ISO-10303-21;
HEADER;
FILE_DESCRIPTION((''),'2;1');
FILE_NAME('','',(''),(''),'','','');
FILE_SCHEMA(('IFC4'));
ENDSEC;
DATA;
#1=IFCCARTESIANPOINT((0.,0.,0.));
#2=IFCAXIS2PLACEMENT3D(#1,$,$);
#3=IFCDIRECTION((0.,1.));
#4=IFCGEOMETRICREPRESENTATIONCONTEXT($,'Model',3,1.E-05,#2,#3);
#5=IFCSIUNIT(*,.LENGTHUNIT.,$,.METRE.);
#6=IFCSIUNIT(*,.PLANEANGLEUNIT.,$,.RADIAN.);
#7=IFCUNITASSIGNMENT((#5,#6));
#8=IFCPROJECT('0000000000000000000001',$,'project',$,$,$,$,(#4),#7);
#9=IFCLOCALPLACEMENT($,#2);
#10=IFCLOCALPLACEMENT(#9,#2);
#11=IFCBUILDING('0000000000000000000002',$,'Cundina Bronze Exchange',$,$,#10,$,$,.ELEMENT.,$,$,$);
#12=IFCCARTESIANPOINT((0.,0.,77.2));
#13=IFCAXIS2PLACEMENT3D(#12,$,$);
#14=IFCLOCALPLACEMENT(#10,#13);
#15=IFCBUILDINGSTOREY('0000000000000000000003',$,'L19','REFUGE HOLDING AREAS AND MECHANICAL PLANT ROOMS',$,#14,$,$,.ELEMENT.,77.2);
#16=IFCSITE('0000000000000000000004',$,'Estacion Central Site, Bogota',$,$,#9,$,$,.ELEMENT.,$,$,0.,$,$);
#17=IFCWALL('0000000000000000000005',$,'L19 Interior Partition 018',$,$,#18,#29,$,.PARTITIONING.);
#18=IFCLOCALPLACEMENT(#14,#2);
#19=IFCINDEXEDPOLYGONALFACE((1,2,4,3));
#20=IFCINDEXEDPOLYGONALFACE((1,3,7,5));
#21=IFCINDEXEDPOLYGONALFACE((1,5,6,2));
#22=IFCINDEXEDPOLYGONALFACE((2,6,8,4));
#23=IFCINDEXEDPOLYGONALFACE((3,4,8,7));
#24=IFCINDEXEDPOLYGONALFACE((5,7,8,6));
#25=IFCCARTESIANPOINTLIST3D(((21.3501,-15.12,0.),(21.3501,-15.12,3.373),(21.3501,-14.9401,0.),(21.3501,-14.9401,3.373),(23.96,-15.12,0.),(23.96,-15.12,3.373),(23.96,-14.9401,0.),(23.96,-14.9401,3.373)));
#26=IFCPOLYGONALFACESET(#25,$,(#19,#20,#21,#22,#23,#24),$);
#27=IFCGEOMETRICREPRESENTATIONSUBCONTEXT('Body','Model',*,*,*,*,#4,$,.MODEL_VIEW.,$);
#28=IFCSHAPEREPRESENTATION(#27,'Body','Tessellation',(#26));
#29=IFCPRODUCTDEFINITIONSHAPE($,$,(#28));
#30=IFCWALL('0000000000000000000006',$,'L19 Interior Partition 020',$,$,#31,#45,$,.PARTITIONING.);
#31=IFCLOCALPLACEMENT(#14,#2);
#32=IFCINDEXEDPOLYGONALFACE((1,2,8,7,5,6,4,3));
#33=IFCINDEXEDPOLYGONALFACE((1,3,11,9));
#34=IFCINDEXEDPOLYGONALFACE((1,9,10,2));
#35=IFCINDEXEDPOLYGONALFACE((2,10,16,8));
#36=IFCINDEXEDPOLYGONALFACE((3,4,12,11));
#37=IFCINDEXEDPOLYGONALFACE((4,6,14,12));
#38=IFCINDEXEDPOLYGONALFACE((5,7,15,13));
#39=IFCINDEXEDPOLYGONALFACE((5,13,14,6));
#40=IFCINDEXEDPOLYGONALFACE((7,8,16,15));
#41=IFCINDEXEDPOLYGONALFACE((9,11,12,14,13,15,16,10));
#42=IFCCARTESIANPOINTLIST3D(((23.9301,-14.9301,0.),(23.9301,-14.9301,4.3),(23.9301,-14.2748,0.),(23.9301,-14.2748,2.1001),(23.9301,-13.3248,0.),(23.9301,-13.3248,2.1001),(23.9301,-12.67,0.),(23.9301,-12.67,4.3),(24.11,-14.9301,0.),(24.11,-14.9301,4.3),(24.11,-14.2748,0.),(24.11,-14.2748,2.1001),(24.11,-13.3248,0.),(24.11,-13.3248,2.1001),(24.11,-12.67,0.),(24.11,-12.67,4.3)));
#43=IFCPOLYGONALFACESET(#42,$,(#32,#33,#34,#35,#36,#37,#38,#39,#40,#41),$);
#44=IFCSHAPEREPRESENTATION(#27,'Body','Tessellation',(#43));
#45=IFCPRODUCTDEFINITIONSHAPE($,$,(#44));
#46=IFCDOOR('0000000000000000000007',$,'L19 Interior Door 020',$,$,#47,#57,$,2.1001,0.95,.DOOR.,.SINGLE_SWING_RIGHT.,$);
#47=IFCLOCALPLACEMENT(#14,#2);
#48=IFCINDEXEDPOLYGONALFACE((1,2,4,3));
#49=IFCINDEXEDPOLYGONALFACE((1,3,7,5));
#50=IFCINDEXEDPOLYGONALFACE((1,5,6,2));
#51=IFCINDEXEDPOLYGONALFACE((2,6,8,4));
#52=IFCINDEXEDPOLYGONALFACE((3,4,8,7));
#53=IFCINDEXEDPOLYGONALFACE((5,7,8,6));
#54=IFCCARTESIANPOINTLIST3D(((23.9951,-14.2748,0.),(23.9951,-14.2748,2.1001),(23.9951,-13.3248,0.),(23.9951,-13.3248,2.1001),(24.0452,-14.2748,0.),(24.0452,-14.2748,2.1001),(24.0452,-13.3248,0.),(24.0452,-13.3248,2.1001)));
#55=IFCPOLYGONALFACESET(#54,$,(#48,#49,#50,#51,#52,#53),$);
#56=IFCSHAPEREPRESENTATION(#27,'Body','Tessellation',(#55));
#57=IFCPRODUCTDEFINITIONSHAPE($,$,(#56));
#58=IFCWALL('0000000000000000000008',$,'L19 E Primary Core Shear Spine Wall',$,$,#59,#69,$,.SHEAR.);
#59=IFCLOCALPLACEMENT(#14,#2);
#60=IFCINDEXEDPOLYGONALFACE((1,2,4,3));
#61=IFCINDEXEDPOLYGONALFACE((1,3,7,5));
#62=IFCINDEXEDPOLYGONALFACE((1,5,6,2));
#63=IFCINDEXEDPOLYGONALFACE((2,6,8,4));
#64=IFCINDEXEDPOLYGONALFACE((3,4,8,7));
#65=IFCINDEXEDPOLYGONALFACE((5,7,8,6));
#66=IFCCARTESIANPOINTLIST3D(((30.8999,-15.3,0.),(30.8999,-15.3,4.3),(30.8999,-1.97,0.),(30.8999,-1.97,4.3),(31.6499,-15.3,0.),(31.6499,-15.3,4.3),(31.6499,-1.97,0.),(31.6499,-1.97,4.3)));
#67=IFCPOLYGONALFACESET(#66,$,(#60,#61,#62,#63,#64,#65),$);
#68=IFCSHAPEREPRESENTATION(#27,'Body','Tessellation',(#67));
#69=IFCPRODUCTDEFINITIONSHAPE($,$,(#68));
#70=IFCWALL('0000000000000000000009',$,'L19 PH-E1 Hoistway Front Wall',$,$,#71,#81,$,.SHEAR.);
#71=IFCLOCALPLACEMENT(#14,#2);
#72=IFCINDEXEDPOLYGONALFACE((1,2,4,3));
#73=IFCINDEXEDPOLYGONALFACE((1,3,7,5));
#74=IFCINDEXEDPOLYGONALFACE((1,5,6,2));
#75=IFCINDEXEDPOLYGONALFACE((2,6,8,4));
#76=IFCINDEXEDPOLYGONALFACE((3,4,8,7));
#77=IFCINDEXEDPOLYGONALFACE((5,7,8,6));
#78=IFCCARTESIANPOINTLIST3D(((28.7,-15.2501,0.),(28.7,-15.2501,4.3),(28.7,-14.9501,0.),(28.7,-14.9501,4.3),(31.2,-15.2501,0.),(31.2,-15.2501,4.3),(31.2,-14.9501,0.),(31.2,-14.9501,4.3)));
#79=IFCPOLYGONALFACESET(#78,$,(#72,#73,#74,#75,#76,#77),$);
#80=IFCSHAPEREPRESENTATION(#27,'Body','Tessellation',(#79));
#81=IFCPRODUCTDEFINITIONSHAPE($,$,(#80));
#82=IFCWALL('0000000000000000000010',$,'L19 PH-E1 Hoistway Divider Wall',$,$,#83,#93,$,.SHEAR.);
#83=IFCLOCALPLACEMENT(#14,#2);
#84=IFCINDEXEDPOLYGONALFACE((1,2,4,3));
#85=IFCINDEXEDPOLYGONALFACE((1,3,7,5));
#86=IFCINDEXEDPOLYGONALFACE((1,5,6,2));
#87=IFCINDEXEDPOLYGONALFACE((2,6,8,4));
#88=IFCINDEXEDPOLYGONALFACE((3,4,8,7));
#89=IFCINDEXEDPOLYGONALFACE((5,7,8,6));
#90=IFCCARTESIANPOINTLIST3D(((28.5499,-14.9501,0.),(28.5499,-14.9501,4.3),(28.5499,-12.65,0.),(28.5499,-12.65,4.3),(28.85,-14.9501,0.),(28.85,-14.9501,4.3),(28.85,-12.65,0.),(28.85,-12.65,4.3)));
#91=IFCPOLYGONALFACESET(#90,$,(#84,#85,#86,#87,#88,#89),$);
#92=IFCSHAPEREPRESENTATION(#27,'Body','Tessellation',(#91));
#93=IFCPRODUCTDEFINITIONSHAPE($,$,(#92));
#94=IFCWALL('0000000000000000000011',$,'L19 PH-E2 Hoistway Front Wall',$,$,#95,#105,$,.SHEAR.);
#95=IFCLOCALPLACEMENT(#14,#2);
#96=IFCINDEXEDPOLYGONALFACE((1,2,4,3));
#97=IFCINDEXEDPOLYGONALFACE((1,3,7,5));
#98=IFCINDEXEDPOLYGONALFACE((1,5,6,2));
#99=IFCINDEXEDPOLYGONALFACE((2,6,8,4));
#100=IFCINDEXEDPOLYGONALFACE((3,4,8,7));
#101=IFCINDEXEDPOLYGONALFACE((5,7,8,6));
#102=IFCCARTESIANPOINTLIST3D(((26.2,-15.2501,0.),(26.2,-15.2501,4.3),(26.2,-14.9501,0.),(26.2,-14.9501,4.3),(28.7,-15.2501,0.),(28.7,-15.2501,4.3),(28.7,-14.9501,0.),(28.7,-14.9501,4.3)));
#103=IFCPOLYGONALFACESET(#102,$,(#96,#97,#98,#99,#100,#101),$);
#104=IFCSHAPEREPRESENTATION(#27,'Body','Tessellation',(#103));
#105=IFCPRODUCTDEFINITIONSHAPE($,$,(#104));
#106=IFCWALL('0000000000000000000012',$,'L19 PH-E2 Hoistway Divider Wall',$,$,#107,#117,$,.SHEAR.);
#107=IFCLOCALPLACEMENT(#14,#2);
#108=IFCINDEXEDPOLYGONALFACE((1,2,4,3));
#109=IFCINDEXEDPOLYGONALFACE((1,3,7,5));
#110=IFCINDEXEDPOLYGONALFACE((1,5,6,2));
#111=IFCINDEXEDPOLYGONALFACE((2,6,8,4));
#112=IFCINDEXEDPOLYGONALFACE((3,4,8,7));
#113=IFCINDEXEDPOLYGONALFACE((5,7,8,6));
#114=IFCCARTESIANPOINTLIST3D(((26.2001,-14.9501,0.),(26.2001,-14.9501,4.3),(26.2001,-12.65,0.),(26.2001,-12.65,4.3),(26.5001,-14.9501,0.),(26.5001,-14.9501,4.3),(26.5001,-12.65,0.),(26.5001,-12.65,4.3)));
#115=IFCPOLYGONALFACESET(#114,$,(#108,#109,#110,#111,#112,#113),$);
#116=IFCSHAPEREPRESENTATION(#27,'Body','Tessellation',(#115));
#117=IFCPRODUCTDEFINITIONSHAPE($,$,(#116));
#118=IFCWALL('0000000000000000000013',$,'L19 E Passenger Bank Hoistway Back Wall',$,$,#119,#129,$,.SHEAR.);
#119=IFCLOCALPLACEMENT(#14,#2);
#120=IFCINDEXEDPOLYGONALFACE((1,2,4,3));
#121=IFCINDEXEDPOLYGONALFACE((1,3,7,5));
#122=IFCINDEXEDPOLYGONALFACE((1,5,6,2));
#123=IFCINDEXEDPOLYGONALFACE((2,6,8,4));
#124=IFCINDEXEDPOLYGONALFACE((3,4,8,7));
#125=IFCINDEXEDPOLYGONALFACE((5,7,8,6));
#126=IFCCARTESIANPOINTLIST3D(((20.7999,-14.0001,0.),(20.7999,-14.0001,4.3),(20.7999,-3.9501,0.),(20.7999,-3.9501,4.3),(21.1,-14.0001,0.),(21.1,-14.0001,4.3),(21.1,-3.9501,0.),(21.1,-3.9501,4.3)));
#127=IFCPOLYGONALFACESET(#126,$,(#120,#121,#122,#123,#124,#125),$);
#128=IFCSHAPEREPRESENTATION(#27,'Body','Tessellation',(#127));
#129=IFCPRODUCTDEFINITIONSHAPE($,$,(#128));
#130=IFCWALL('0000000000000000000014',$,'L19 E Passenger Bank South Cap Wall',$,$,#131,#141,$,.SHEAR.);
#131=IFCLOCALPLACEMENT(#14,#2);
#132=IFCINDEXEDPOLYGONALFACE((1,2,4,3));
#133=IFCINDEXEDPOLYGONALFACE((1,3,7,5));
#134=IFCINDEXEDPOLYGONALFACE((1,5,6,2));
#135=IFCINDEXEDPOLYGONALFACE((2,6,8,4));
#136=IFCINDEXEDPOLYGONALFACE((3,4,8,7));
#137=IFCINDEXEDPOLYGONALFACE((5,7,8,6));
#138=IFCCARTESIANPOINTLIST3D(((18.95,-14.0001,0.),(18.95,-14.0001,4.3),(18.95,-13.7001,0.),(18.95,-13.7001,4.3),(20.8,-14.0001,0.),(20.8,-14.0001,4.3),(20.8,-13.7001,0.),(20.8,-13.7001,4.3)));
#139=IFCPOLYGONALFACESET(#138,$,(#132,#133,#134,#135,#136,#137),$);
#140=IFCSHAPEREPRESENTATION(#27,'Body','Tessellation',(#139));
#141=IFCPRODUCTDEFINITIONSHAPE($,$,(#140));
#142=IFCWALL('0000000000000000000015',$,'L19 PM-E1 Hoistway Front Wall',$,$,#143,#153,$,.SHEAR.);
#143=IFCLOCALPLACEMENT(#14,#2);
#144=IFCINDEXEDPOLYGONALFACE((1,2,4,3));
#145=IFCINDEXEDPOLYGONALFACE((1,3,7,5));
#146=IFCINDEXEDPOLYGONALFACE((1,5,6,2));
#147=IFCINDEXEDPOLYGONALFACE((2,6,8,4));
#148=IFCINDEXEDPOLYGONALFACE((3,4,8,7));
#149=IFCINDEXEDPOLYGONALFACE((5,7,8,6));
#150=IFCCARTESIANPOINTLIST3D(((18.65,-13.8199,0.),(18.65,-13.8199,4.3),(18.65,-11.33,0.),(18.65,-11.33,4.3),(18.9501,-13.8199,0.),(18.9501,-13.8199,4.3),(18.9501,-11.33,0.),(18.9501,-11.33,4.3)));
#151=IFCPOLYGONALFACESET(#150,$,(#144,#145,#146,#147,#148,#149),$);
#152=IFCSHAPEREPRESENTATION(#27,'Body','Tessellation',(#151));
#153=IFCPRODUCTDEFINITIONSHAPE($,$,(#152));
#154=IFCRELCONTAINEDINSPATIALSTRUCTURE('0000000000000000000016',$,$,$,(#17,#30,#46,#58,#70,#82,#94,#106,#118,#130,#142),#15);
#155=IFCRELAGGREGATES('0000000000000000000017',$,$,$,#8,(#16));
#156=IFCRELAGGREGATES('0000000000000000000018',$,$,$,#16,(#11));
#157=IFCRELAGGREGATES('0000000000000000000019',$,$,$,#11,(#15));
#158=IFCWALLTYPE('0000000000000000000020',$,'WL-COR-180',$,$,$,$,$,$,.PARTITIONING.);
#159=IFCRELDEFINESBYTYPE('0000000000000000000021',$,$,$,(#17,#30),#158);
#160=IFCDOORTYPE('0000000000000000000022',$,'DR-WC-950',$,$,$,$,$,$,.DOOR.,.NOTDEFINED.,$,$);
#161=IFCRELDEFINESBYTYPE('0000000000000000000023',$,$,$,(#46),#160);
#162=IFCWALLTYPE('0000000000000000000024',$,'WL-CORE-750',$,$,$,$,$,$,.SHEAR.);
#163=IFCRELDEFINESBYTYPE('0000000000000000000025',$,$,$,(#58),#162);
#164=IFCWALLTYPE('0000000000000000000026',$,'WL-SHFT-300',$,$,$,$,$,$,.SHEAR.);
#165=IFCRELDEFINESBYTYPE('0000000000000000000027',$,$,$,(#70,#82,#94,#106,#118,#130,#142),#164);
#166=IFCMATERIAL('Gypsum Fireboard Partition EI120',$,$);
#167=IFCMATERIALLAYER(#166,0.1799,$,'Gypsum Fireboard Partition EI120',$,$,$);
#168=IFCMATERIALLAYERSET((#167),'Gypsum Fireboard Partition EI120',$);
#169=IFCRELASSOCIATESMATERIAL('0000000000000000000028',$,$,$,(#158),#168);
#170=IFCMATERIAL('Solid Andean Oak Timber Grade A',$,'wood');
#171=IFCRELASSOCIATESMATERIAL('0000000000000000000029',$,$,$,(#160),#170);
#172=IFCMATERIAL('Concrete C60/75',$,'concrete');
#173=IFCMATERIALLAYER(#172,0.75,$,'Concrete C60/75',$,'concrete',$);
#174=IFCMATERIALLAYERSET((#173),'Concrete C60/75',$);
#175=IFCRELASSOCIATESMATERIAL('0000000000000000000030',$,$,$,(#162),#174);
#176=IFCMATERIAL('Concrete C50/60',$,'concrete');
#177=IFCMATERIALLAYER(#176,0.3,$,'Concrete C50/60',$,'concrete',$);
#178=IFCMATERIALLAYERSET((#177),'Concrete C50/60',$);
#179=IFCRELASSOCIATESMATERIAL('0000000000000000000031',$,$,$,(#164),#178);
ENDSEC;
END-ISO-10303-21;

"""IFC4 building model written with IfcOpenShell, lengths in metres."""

from ifc_helpers import new_model, si_unit, direction, frame, frame_2d, origin, place, context, subcontext, project, spatial, rectangle, extrude, material, layer, layer_set, type_object, element, fill, save


model = new_model("IFC4")

# Units and contexts
model_context = context("Model", 3, precision=1e-05, world=origin(), true_north=direction((0.0, 1.0)))
body_context = subcontext(model_context, "Body", "Model", "MODEL_VIEW")
ifc_project = project(units=[si_unit("LENGTHUNIT", "METRE"), si_unit("PLANEANGLEUNIT", "RADIAN")], contexts=[model_context])

# Site, building, storey
site_placement = place(None, origin())
site = spatial("IfcSite", under=ifc_project, at=site_placement, Name="Estacion Central Site, Bogota", CompositionType="ELEMENT", RefElevation=0.0)
building_placement = place(site_placement, origin())
building = spatial("IfcBuilding", under=site, at=building_placement, Name="Cundina Bronze Exchange", CompositionType="ELEMENT")
storey_placement = place(building_placement, frame((0.0, 0.0, 77.2)))
storey = spatial("IfcBuildingStorey", under=building, at=storey_placement, Name="L19", Description="REFUGE HOLDING AREAS AND MECHANICAL PLANT ROOMS", CompositionType="ELEMENT", Elevation=77.2)

# Shared definitions
ifc_material_1 = material(Name="Concrete C60/75", Category="concrete")

# Wall
ifc_material_2 = material(Name="Gypsum Fireboard Partition EI120")
ifc_layer_1 = layer(ifc_material_2, 0.1799, Name="Gypsum Fireboard Partition EI120")
ifc_layer_set_1 = layer_set([ifc_layer_1], Name="Gypsum Fireboard Partition EI120")
wall_type_1 = type_object("IfcWallType", Name="WL-COR-180", PredefinedType="PARTITIONING", material=ifc_layer_set_1)
wall_1_placement = place(storey_placement, frame((21.3501, -15.03, 0.0), z_axis=(0.0, 0.0, 1.0), x_axis=(1.0, 0.0, 0.0)))
element("IfcWall", 1, at=wall_1_placement, inside=storey, type_object=wall_type_1, Name="L19 Interior Partition 018", PredefinedType="PARTITIONING", context=body_context, shape_type="SweptSolid", body=[
    extrude(rectangle(XDim=2.6099, YDim=0.1799, at=frame_2d((1.3049, 0.0))), origin(), (0.0, 0.0, 1.0), 3.373),
])

# Wall, opening, door
wall_2_placement = place(storey_placement, frame((24.02, -14.9299, 0.0), z_axis=(0.0, 0.0, 1.0), x_axis=(0.0, 1.0, 0.0)))
wall_2 = element("IfcWall", 2, at=wall_2_placement, inside=storey, type_object=wall_type_1, Name="L19 Interior Partition 020", PredefinedType="PARTITIONING", context=body_context, shape_type="SweptSolid", body=[
    extrude(rectangle(XDim=2.26, YDim=0.1799, at=frame_2d((1.1299, 0.0))), origin(), (0.0, 0.0, 1.0), 4.3),
])
opening_placement = place(wall_2_placement, frame((0.655, 0.0, 0.0)))
opening = element("IfcOpeningElement", 3, at=opening_placement, cuts=wall_2, PredefinedType="OPENING", context=body_context, shape_type="SweptSolid", body=[
    extrude(rectangle(XDim=0.95, YDim=2.1001, at=frame_2d((0.4751, 1.05))), frame((0.0, 0.0999, 0.0), z_axis=(0.0, -1.0, 0.0), x_axis=(1.0, 0.0, 0.0)), (0.0, 0.0, 1.0), 0.2),
])
ifc_material_3 = material(Name="Solid Andean Oak Timber Grade A", Category="wood")
door_type = type_object("IfcDoorType", Name="DR-WC-950", OperationType="NOTDEFINED", PredefinedType="DOOR", material=ifc_material_3)
door_placement = place(opening_placement, origin())
door = element("IfcDoor", 4, at=door_placement, inside=storey, type_object=door_type, Name="L19 Interior Door 020", OperationType="SINGLE_SWING_RIGHT", OverallHeight=2.1001, OverallWidth=0.95, PredefinedType="DOOR", context=body_context, shape_type="SweptSolid", body=[
    extrude(rectangle(XDim=0.95, YDim=2.1001, at=frame_2d((0.4751, 1.05))), frame((0.0, 0.0249, 0.0), z_axis=(0.0, -1.0, 0.0), x_axis=(1.0, 0.0, 0.0)), (0.0, 0.0, 1.0), 0.05),
])
fill(opening, door)

# Walls
ifc_layer_2 = layer(ifc_material_1, 0.75, Name="Concrete C60/75", Category="concrete")
ifc_layer_set_2 = layer_set([ifc_layer_2], Name="Concrete C60/75")
wall_type_2 = type_object("IfcWallType", Name="WL-CORE-750", PredefinedType="SHEAR", material=ifc_layer_set_2)
wall_3_placement = place(storey_placement, frame((31.2749, -15.3, 0.0), z_axis=(0.0, 0.0, 1.0), x_axis=(0.0, 1.0, 0.0)))
element("IfcWall", 5, at=wall_3_placement, inside=storey, type_object=wall_type_2, Name="L19 E Primary Core Shear Spine Wall", PredefinedType="SHEAR", context=body_context, shape_type="SweptSolid", body=[
    extrude(rectangle(XDim=13.3301, YDim=0.75, at=frame_2d((6.665, 0.0))), origin(), (0.0, 0.0, 1.0), 4.3),
])
ifc_material_4 = material(Name="Concrete C50/60", Category="concrete")
ifc_layer_3 = layer(ifc_material_4, 0.3, Name="Concrete C50/60", Category="concrete")
ifc_layer_set_3 = layer_set([ifc_layer_3], Name="Concrete C50/60")
wall_type_3 = type_object("IfcWallType", Name="WL-SHFT-300", PredefinedType="SHEAR", material=ifc_layer_set_3)
wall_4_placement = place(storey_placement, frame((28.7, -15.1001, 0.0), z_axis=(0.0, 0.0, 1.0), x_axis=(1.0, 0.0, 0.0)))
element("IfcWall", 6, at=wall_4_placement, inside=storey, type_object=wall_type_3, Name="L19 PH-E1 Hoistway Front Wall", PredefinedType="SHEAR", context=body_context, shape_type="SweptSolid", body=[
    extrude(rectangle(XDim=2.5, YDim=0.3, at=frame_2d((1.25, 0.0))), origin(), (0.0, 0.0, 1.0), 4.3),
])
wall_5_placement = place(storey_placement, frame((28.7, -14.95, 0.0), z_axis=(0.0, 0.0, 1.0), x_axis=(0.0, 1.0, 0.0)))
element("IfcWall", 7, at=wall_5_placement, inside=storey, type_object=wall_type_3, Name="L19 PH-E1 Hoistway Divider Wall", PredefinedType="SHEAR", context=body_context, shape_type="SweptSolid", body=[
    extrude(rectangle(XDim=2.3, YDim=0.3, at=frame_2d((1.1499, 0.0))), origin(), (0.0, 0.0, 1.0), 4.3),
])
wall_6_placement = place(storey_placement, frame((26.2, -15.1001, 0.0), z_axis=(0.0, 0.0, 1.0), x_axis=(1.0, 0.0, 0.0)))
element("IfcWall", 8, at=wall_6_placement, inside=storey, type_object=wall_type_3, Name="L19 PH-E2 Hoistway Front Wall", PredefinedType="SHEAR", context=body_context, shape_type="SweptSolid", body=[
    extrude(rectangle(XDim=2.5, YDim=0.3, at=frame_2d((1.25, 0.0))), origin(), (0.0, 0.0, 1.0), 4.3),
])
wall_7_placement = place(storey_placement, frame((26.3501, -14.95, 0.0), z_axis=(0.0, 0.0, 1.0), x_axis=(0.0, 1.0, 0.0)))
element("IfcWall", 9, at=wall_7_placement, inside=storey, type_object=wall_type_3, Name="L19 PH-E2 Hoistway Divider Wall", PredefinedType="SHEAR", context=body_context, shape_type="SweptSolid", body=[
    extrude(rectangle(XDim=2.3, YDim=0.3, at=frame_2d((1.1499, 0.0))), origin(), (0.0, 0.0, 1.0), 4.3),
])
wall_8_placement = place(storey_placement, frame((20.95, -14.0, 0.0), z_axis=(0.0, 0.0, 1.0), x_axis=(0.0, 1.0, 0.0)))
element("IfcWall", 10, at=wall_8_placement, inside=storey, type_object=wall_type_3, Name="L19 E Passenger Bank Hoistway Back Wall", PredefinedType="SHEAR", context=body_context, shape_type="SweptSolid", body=[
    extrude(rectangle(XDim=10.05, YDim=0.3, at=frame_2d((5.0249, 0.0))), origin(), (0.0, 0.0, 1.0), 4.3),
])
wall_9_placement = place(storey_placement, frame((18.95, -13.8501, 0.0), z_axis=(0.0, 0.0, 1.0), x_axis=(1.0, 0.0, 0.0)))
element("IfcWall", 11, at=wall_9_placement, inside=storey, type_object=wall_type_3, Name="L19 E Passenger Bank South Cap Wall", PredefinedType="SHEAR", context=body_context, shape_type="SweptSolid", body=[
    extrude(rectangle(XDim=1.8501, YDim=0.3, at=frame_2d((0.925, 0.0))), origin(), (0.0, 0.0, 1.0), 4.3),
])
wall_10_placement = place(storey_placement, frame((18.8, -13.8201, 0.0), z_axis=(0.0, 0.0, 1.0), x_axis=(0.0, 1.0, 0.0)))
element("IfcWall", 12, at=wall_10_placement, inside=storey, type_object=wall_type_3, Name="L19 PM-E1 Hoistway Front Wall", PredefinedType="SHEAR", context=body_context, shape_type="SweptSolid", body=[
    extrude(rectangle(XDim=2.49, YDim=0.3, at=frame_2d((1.2451, 0.0))), origin(), (0.0, 0.0, 1.0), 4.3),
])

save(model, "model.ifc")
